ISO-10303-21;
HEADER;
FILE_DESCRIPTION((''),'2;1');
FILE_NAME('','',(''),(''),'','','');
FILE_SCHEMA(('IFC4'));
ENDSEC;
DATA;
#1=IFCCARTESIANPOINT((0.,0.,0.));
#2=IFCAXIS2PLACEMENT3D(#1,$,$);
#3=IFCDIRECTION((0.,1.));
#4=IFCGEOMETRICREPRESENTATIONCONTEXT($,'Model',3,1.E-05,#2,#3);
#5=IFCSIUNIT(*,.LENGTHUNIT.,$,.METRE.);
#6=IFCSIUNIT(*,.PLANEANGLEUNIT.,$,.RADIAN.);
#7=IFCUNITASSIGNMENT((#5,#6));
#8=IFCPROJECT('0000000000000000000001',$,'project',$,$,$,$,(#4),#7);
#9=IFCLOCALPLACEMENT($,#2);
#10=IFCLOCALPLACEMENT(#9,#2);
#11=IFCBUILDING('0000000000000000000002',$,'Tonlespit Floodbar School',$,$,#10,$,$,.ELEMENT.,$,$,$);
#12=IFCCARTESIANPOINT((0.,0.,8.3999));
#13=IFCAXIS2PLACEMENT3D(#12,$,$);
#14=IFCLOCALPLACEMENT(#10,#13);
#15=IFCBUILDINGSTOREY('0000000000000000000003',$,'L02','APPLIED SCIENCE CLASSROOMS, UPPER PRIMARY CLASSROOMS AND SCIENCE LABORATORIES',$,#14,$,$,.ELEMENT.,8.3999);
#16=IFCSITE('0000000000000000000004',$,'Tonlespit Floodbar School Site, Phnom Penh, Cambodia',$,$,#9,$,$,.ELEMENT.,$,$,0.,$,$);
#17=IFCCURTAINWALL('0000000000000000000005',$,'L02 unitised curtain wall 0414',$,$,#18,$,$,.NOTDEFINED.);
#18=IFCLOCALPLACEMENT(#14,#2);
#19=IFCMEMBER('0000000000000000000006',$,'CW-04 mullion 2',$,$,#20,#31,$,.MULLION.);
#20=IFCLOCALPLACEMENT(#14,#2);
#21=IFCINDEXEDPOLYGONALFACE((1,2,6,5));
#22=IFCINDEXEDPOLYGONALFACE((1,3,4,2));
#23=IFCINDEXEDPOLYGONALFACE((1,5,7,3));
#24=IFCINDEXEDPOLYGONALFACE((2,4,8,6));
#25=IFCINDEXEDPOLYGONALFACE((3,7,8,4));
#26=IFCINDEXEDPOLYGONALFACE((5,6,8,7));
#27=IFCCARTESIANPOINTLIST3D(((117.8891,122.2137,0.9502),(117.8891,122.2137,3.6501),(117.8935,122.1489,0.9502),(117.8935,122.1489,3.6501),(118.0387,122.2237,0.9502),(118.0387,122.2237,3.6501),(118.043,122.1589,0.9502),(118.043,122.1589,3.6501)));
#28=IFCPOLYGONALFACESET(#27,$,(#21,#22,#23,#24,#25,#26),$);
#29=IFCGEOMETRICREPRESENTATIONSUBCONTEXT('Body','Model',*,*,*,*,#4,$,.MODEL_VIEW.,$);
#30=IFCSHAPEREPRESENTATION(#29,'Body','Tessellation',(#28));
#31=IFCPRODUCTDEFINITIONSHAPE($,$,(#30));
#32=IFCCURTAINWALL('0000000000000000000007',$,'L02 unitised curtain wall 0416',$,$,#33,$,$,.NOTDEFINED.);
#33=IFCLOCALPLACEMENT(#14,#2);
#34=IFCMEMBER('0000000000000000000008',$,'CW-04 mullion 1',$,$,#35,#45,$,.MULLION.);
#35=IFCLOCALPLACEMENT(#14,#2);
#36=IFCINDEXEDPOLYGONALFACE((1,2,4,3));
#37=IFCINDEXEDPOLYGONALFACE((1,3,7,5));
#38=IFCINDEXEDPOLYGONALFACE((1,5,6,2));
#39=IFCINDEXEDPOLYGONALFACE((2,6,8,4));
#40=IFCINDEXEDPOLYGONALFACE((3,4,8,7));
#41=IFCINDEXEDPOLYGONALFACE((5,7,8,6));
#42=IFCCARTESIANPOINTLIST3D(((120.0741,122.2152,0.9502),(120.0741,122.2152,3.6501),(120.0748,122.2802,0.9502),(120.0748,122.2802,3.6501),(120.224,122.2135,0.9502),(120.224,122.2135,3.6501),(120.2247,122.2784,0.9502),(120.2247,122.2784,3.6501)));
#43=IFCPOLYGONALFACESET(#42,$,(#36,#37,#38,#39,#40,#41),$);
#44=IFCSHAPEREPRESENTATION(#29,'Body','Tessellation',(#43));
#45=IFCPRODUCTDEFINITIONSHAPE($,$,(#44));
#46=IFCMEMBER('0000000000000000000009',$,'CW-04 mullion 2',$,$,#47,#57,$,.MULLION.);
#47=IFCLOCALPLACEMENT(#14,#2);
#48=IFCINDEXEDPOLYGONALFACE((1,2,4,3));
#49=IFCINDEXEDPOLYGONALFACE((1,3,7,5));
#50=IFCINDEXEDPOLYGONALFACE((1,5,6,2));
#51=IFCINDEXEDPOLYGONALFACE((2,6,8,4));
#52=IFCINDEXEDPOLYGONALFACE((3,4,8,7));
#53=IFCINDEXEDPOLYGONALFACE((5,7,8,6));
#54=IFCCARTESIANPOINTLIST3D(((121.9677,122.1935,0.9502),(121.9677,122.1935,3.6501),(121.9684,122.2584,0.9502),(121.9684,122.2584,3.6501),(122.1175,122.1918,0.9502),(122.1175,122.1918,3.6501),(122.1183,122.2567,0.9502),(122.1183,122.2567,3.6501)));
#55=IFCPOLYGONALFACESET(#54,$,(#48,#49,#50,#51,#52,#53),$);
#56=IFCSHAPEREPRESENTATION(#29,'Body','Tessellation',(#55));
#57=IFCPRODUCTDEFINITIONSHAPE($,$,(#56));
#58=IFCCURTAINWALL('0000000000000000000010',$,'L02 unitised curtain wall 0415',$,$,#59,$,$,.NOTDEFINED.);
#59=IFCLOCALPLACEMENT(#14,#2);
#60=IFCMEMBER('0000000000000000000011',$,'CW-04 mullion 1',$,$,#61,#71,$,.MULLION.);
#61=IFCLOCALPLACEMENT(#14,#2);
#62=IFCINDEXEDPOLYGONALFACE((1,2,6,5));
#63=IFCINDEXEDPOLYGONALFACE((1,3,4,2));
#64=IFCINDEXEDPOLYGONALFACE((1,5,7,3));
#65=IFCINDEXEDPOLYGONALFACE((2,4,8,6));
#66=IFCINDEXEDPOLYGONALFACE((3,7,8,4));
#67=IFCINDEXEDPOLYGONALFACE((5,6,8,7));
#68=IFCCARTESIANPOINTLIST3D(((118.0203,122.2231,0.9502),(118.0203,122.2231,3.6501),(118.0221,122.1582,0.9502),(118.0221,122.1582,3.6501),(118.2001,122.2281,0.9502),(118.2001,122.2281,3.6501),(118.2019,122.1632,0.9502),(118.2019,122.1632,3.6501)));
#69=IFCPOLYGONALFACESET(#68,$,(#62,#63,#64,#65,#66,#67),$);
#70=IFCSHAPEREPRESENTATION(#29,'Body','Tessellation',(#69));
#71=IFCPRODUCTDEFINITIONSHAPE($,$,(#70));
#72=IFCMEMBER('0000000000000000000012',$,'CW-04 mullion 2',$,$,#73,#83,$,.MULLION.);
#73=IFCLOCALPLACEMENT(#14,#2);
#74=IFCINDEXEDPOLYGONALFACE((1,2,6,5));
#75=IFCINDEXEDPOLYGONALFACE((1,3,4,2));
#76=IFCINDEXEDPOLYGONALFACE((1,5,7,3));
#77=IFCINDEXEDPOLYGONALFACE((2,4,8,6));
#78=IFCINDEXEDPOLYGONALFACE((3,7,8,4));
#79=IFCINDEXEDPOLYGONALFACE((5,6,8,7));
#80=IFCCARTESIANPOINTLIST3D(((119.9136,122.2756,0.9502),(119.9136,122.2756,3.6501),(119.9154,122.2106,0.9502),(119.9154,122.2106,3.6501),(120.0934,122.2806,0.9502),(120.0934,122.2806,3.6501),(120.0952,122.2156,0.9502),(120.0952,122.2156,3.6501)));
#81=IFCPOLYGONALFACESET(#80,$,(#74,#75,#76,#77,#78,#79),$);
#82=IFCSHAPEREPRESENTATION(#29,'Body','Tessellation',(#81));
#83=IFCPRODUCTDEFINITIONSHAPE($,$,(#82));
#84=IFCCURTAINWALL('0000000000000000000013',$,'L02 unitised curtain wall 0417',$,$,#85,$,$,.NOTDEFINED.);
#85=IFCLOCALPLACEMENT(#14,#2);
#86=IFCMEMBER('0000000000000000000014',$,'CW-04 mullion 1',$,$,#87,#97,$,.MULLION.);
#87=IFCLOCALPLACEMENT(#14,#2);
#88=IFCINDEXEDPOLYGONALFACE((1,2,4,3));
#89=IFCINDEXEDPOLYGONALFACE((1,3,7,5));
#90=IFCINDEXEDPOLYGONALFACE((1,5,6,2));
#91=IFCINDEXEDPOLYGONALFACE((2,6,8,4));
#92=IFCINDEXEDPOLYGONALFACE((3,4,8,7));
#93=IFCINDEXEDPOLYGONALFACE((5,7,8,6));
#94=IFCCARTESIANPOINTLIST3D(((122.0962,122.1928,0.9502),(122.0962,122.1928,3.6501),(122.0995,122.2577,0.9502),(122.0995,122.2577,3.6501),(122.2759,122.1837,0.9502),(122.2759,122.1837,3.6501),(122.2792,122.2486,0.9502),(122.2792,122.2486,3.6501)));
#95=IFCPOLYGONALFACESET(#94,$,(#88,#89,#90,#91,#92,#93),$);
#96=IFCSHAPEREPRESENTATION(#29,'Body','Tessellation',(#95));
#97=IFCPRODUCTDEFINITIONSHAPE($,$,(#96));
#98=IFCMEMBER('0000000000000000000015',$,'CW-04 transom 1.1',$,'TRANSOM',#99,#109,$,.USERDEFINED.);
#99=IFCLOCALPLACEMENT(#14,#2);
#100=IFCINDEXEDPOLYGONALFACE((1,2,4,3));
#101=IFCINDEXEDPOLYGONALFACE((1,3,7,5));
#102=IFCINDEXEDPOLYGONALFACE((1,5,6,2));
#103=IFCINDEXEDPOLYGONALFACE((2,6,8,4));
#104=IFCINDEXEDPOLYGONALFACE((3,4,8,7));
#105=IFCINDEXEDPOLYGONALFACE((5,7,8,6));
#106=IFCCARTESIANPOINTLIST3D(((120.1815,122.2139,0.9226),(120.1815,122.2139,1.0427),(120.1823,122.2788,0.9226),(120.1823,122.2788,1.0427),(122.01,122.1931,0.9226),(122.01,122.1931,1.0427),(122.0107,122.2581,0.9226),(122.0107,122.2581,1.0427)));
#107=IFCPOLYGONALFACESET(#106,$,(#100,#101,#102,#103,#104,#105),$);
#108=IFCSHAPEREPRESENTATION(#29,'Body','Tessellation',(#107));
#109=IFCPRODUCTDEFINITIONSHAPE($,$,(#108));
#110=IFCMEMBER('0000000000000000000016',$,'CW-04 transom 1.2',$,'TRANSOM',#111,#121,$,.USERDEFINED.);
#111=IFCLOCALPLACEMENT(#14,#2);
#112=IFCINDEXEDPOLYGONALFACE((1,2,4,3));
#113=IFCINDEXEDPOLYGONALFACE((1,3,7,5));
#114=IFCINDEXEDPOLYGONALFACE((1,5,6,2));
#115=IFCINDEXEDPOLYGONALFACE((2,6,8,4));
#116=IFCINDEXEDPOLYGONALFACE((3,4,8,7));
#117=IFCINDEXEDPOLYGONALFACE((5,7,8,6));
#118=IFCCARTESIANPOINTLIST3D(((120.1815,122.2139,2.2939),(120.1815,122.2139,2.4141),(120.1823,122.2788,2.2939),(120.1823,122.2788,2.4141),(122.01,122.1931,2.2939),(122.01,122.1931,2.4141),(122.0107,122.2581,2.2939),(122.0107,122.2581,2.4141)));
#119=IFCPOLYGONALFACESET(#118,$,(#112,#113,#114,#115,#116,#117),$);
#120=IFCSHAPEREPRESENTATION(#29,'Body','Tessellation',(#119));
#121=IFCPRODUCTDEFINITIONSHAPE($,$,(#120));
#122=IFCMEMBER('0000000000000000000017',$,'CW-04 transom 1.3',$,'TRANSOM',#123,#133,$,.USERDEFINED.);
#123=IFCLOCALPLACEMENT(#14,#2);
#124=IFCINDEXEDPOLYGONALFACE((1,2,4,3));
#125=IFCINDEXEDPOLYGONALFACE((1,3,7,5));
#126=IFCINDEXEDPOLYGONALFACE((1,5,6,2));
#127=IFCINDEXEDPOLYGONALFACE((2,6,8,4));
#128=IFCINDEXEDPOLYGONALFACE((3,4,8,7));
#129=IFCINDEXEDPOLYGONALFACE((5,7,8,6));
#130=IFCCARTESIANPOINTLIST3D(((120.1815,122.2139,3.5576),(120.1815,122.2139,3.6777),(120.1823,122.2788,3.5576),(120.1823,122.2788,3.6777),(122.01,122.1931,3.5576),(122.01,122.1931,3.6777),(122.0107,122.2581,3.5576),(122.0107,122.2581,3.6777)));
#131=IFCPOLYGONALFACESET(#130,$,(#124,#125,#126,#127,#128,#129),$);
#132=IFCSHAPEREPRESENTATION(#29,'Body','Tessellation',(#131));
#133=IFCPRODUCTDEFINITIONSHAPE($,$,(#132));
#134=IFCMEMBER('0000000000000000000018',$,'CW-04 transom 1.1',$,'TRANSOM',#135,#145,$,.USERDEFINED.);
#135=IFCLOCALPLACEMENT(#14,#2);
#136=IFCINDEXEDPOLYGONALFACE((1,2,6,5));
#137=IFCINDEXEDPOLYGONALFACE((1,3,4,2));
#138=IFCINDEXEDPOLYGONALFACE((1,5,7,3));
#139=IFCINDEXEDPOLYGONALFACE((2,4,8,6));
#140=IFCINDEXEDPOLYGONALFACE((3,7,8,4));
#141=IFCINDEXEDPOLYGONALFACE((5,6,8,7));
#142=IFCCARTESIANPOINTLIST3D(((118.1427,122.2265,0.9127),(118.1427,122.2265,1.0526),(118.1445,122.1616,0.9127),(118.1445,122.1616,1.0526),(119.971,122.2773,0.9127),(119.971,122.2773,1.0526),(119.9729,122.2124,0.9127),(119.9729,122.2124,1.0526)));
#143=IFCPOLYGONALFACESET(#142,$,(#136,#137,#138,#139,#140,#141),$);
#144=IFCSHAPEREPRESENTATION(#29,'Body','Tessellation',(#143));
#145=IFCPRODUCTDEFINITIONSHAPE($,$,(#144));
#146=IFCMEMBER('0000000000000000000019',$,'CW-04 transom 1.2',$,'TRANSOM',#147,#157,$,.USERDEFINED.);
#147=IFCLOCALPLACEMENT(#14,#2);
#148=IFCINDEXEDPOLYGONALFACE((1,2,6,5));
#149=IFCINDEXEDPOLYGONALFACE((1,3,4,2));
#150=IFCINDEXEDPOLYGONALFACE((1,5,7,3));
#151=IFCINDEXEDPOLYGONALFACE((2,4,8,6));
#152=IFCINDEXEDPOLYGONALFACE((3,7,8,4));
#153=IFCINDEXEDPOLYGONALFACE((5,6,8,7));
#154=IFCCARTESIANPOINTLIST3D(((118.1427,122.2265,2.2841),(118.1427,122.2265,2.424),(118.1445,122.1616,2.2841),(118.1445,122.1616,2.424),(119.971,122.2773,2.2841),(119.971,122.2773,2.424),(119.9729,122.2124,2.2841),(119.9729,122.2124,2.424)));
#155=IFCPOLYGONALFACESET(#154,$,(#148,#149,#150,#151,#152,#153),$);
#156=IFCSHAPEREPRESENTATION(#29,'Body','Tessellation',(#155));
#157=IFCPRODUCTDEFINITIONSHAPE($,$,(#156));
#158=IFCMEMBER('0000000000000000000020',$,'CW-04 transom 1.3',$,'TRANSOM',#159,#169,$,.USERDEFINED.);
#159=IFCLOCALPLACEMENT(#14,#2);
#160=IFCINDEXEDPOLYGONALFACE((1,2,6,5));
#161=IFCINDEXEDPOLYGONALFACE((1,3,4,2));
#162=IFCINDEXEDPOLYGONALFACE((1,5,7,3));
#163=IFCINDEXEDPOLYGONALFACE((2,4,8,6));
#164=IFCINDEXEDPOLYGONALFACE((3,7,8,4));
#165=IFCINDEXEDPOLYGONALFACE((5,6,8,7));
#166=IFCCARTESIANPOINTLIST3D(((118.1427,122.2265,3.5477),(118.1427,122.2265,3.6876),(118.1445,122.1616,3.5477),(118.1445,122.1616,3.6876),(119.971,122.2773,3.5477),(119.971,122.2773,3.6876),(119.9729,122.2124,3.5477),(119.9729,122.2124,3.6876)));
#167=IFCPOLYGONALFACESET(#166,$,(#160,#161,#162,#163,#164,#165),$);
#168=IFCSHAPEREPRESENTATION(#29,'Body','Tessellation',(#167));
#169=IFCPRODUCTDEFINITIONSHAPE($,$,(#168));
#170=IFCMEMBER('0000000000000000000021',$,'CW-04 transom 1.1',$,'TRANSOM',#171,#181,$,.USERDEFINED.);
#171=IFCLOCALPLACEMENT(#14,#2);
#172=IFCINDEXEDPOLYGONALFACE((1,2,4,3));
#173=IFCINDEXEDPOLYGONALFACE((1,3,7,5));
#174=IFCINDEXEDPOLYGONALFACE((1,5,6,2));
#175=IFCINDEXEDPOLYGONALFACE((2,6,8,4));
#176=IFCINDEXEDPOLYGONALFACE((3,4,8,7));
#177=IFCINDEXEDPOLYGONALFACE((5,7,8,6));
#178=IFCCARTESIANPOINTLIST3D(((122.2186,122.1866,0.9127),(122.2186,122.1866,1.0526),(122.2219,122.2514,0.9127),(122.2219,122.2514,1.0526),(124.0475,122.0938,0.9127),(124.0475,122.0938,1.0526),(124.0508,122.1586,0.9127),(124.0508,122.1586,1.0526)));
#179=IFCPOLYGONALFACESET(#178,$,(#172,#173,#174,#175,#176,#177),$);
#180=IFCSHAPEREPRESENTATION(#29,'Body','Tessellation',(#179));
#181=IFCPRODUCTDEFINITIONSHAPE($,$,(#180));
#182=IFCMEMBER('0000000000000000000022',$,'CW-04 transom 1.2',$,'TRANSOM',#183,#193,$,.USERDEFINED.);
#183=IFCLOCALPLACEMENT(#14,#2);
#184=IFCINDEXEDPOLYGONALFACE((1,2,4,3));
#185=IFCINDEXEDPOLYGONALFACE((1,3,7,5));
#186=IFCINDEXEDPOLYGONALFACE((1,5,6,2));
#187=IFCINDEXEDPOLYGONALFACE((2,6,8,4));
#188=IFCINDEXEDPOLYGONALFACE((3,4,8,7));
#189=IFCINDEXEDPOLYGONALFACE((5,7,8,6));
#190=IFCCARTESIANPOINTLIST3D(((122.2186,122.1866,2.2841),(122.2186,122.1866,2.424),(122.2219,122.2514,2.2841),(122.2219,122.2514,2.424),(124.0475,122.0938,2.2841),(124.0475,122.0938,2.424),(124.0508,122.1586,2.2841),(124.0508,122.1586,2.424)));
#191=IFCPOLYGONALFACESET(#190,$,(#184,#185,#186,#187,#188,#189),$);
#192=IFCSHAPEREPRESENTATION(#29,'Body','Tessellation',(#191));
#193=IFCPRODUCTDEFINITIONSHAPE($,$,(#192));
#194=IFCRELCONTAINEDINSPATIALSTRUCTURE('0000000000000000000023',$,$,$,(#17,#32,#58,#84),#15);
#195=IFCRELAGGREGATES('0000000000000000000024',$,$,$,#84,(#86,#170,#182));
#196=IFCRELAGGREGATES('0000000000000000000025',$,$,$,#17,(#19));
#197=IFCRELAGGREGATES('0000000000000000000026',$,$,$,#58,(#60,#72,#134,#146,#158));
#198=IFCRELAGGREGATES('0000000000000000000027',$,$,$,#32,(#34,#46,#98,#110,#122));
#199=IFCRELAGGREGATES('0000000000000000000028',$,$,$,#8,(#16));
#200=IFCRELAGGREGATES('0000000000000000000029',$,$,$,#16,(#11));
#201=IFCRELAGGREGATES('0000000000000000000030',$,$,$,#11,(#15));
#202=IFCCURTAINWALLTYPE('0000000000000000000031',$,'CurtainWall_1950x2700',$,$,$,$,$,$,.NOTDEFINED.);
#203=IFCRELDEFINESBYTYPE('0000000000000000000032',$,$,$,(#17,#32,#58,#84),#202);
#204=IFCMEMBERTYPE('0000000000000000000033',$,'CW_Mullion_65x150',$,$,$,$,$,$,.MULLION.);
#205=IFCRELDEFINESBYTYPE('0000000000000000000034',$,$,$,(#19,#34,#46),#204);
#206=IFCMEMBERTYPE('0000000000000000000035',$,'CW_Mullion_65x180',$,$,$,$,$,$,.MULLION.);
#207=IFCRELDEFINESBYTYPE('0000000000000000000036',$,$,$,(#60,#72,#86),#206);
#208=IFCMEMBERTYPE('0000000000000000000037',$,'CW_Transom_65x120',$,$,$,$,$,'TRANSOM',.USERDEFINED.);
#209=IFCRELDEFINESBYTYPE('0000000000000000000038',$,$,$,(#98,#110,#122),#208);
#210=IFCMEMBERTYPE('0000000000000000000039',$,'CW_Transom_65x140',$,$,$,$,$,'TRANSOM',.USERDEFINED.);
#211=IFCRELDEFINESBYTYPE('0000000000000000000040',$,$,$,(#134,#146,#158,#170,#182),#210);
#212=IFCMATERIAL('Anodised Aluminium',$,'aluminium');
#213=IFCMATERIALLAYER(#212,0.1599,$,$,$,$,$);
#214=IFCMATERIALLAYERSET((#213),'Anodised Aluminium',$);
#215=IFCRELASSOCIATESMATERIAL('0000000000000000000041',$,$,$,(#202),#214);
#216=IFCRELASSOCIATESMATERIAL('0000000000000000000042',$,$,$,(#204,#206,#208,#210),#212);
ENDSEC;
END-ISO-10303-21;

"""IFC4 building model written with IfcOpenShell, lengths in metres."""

from ifc_helpers import new_model, si_unit, direction, frame, origin, origin_2d, place, context, subcontext, project, spatial, rectangle, extrude, material, layer, layer_set, material_profile, profile_set, type_object, element, aggregate, save


model = new_model("IFC4")

# Units and contexts
model_context = context("Model", 3, precision=1e-05, world=origin(), true_north=direction((0.0, 1.0)))
body_context = subcontext(model_context, "Body", "Model", "MODEL_VIEW")
ifc_project = project(units=[si_unit("LENGTHUNIT", "METRE"), si_unit("PLANEANGLEUNIT", "RADIAN")], contexts=[model_context])

# Site, building, storey
site_placement = place(None, origin())
site = spatial("IfcSite", under=ifc_project, at=site_placement, Name="Tonlespit Floodbar School Site, Phnom Penh, Cambodia", CompositionType="ELEMENT", RefElevation=0.0)
building_placement = place(site_placement, origin())
building = spatial("IfcBuilding", under=site, at=building_placement, Name="Tonlespit Floodbar School", CompositionType="ELEMENT")
storey_placement = place(building_placement, frame((0.0, 0.0, 8.3999)))
storey = spatial("IfcBuildingStorey", under=building, at=storey_placement, Name="L02", Description="APPLIED SCIENCE CLASSROOMS, UPPER PRIMARY CLASSROOMS AND SCIENCE LABORATORIES", CompositionType="ELEMENT", Elevation=8.3999)

# Curtain wall, member
ifc_material_1 = material(Name="Anodised Aluminium", Category="aluminium")
ifc_layer_1 = layer(ifc_material_1, 0.1599)
ifc_layer_set_1 = layer_set([ifc_layer_1], Name="Anodised Aluminium")
curtain_wall_type = type_object("IfcCurtainWallType", Name="CurtainWall_1950x2700", PredefinedType="NOTDEFINED", material=ifc_layer_set_1)
curtain_wall_1_placement = place(storey_placement, origin())
curtain_wall_1 = element("IfcCurtainWall", 1, at=curtain_wall_1_placement, inside=storey, type_object=curtain_wall_type, Name="L02 unitised curtain wall 0414", PredefinedType="NOTDEFINED")
ifc_material_profile_1 = material_profile(ifc_material_1, rectangle(XDim=0.0649, YDim=0.1499, at=origin_2d()), Name="ALU M65x150")
ifc_profile_set_1 = profile_set([ifc_material_profile_1], Name="Anodised Aluminium")
member_type_1 = type_object("IfcMemberType", Name="CW_Mullion_65x150", PredefinedType="MULLION", material=ifc_profile_set_1)
member_1_placement = place(storey_placement, frame((117.9661, 122.1863, 0.9502), z_axis=(0.0, 0.0, 1.0), x_axis=(-0.066935, 0.997757, 0.0)))
member_1 = element("IfcMember", 2, at=member_1_placement, type_object=member_type_1, Name="CW-04 mullion 2", PredefinedType="MULLION", context=body_context, shape_type="SweptSolid", body=[
    extrude(rectangle(XDim=0.0649, YDim=0.1499, at=origin_2d()), origin(), (0.0, 0.0, 1.0), 2.7),
])

# Curtain walls, members
curtain_wall_2_placement = place(storey_placement, origin())
curtain_wall_2 = element("IfcCurtainWall", 3, at=curtain_wall_2_placement, inside=storey, type_object=curtain_wall_type, Name="L02 unitised curtain wall 0416", PredefinedType="NOTDEFINED")
member_2_placement = place(storey_placement, frame((120.1494, 122.2468, 0.9502), z_axis=(0.0, 0.0, 1.0), x_axis=(0.011437, 0.999935, 0.0)))
member_2 = element("IfcMember", 4, at=member_2_placement, type_object=member_type_1, Name="CW-04 mullion 1", PredefinedType="MULLION", context=body_context, shape_type="SweptSolid", body=[
    extrude(rectangle(XDim=0.0649, YDim=0.1499, at=origin_2d()), origin(), (0.0, 0.0, 1.0), 2.7),
])
member_3_placement = place(storey_placement, frame((122.043, 122.2251, 0.9502), z_axis=(0.0, 0.0, 1.0), x_axis=(0.011437, 0.999935, 0.0)))
member_3 = element("IfcMember", 5, at=member_3_placement, type_object=member_type_1, Name="CW-04 mullion 2", PredefinedType="MULLION", context=body_context, shape_type="SweptSolid", body=[
    extrude(rectangle(XDim=0.0649, YDim=0.1499, at=origin_2d()), origin(), (0.0, 0.0, 1.0), 2.7),
])
curtain_wall_3_placement = place(storey_placement, origin())
curtain_wall_3 = element("IfcCurtainWall", 6, at=curtain_wall_3_placement, inside=storey, type_object=curtain_wall_type, Name="L02 unitised curtain wall 0415", PredefinedType="NOTDEFINED")
ifc_material_profile_2 = material_profile(ifc_material_1, rectangle(XDim=0.0649, YDim=0.1799, at=origin_2d()), Name="ALU M65x180")
ifc_profile_set_2 = profile_set([ifc_material_profile_2], Name="Anodised Aluminium")
member_type_2 = type_object("IfcMemberType", Name="CW_Mullion_65x180", PredefinedType="MULLION", material=ifc_profile_set_2)
member_4_placement = place(storey_placement, frame((118.1111, 122.1931, 0.9502), z_axis=(0.0, 0.0, 1.0), x_axis=(-0.027767, 0.999614, 0.0)))
member_4 = element("IfcMember", 7, at=member_4_placement, type_object=member_type_2, Name="CW-04 mullion 1", PredefinedType="MULLION", context=body_context, shape_type="SweptSolid", body=[
    extrude(rectangle(XDim=0.0649, YDim=0.1799, at=origin_2d()), origin(), (0.0, 0.0, 1.0), 2.7),
])
member_5_placement = place(storey_placement, frame((120.0044, 122.2456, 0.9502), z_axis=(0.0, 0.0, 1.0), x_axis=(-0.027767, 0.999614, 0.0)))
member_5 = element("IfcMember", 8, at=member_5_placement, type_object=member_type_2, Name="CW-04 mullion 2", PredefinedType="MULLION", context=body_context, shape_type="SweptSolid", body=[
    extrude(rectangle(XDim=0.0649, YDim=0.1799, at=origin_2d()), origin(), (0.0, 0.0, 1.0), 2.7),
])

# Curtain wall, member
curtain_wall_4_placement = place(storey_placement, origin())
curtain_wall_4 = element("IfcCurtainWall", 9, at=curtain_wall_4_placement, inside=storey, type_object=curtain_wall_type, Name="L02 unitised curtain wall 0417", PredefinedType="NOTDEFINED")
member_6_placement = place(storey_placement, frame((122.1877, 122.2207, 0.9502), z_axis=(0.0, 0.0, 1.0), x_axis=(0.050685, 0.998715, 0.0)))
member_6 = element("IfcMember", 10, at=member_6_placement, type_object=member_type_2, Name="CW-04 mullion 1", PredefinedType="MULLION", context=body_context, shape_type="SweptSolid", body=[
    extrude(rectangle(XDim=0.0649, YDim=0.1799, at=origin_2d()), origin(), (0.0, 0.0, 1.0), 2.7),
])

# Members
ifc_material_profile_3 = material_profile(ifc_material_1, rectangle(XDim=0.0649, YDim=0.1201, at=origin_2d()), Name="ALU T65x120")
ifc_profile_set_3 = profile_set([ifc_material_profile_3], Name="Anodised Aluminium")
member_type_3 = type_object("IfcMemberType", Name="CW_Transom_65x120", ElementType="TRANSOM", PredefinedType="USERDEFINED", material=ifc_profile_set_3)
member_7_placement = place(storey_placement, frame((120.1819, 122.2463, 0.9827), z_axis=(0.999936, -0.011348, 0.0), x_axis=(0.011348, 0.999936, 0.0)))
member_7 = element("IfcMember", 11, at=member_7_placement, type_object=member_type_3, Name="CW-04 transom 1.1", ObjectType="TRANSOM", PredefinedType="USERDEFINED", context=body_context, shape_type="SweptSolid", body=[
    extrude(rectangle(XDim=0.0649, YDim=0.1201, at=origin_2d()), origin(), (0.0, 0.0, 1.0), 1.8286),
])
member_8_placement = place(storey_placement, frame((120.1819, 122.2463, 2.354), z_axis=(0.999936, -0.011348, 0.0), x_axis=(0.011348, 0.999936, 0.0)))
member_8 = element("IfcMember", 12, at=member_8_placement, type_object=member_type_3, Name="CW-04 transom 1.2", ObjectType="TRANSOM", PredefinedType="USERDEFINED", context=body_context, shape_type="SweptSolid", body=[
    extrude(rectangle(XDim=0.0649, YDim=0.1201, at=origin_2d()), origin(), (0.0, 0.0, 1.0), 1.8286),
])
member_9_placement = place(storey_placement, frame((120.1819, 122.2463, 3.6177), z_axis=(0.999936, -0.011348, 0.0), x_axis=(0.011348, 0.999936, 0.0)))
member_9 = element("IfcMember", 13, at=member_9_placement, type_object=member_type_3, Name="CW-04 transom 1.3", ObjectType="TRANSOM", PredefinedType="USERDEFINED", context=body_context, shape_type="SweptSolid", body=[
    extrude(rectangle(XDim=0.0649, YDim=0.1201, at=origin_2d()), origin(), (0.0, 0.0, 1.0), 1.8286),
])
ifc_material_profile_4 = material_profile(ifc_material_1, rectangle(XDim=0.0649, YDim=0.1399, at=origin_2d()), Name="ALU T65x140")
ifc_profile_set_4 = profile_set([ifc_material_profile_4], Name="Anodised Aluminium")
member_type_4 = type_object("IfcMemberType", Name="CW_Transom_65x140", ElementType="TRANSOM", PredefinedType="USERDEFINED", material=ifc_profile_set_4)
member_10_placement = place(storey_placement, frame((118.1436, 122.1941, 0.9827), z_axis=(0.999615, 0.027763, 0.0), x_axis=(-0.027763, 0.999615, 0.0)))
member_10 = element("IfcMember", 14, at=member_10_placement, type_object=member_type_4, Name="CW-04 transom 1.1", ObjectType="TRANSOM", PredefinedType="USERDEFINED", context=body_context, shape_type="SweptSolid", body=[
    extrude(rectangle(XDim=0.0649, YDim=0.1399, at=origin_2d()), origin(), (0.0, 0.0, 1.0), 1.8291),
])
member_11_placement = place(storey_placement, frame((118.1436, 122.1941, 2.354), z_axis=(0.999615, 0.027763, 0.0), x_axis=(-0.027763, 0.999615, 0.0)))
member_11 = element("IfcMember", 15, at=member_11_placement, type_object=member_type_4, Name="CW-04 transom 1.2", ObjectType="TRANSOM", PredefinedType="USERDEFINED", context=body_context, shape_type="SweptSolid", body=[
    extrude(rectangle(XDim=0.0649, YDim=0.1399, at=origin_2d()), origin(), (0.0, 0.0, 1.0), 1.8291),
])
member_12_placement = place(storey_placement, frame((118.1436, 122.1941, 3.6177), z_axis=(0.999615, 0.027763, 0.0), x_axis=(-0.027763, 0.999615, 0.0)))
member_12 = element("IfcMember", 16, at=member_12_placement, type_object=member_type_4, Name="CW-04 transom 1.3", ObjectType="TRANSOM", PredefinedType="USERDEFINED", context=body_context, shape_type="SweptSolid", body=[
    extrude(rectangle(XDim=0.0649, YDim=0.1399, at=origin_2d()), origin(), (0.0, 0.0, 1.0), 1.8291),
])
member_13_placement = place(storey_placement, frame((122.2202, 122.219, 0.9827), z_axis=(0.998716, -0.050662, 0.0), x_axis=(0.050662, 0.998716, 0.0)))
member_13 = element("IfcMember", 17, at=member_13_placement, type_object=member_type_4, Name="CW-04 transom 1.1", ObjectType="TRANSOM", PredefinedType="USERDEFINED", context=body_context, shape_type="SweptSolid", body=[
    extrude(rectangle(XDim=0.0649, YDim=0.1399, at=origin_2d()), origin(), (0.0, 0.0, 1.0), 1.8313),
])
member_14_placement = place(storey_placement, frame((122.2202, 122.219, 2.354), z_axis=(0.998716, -0.050662, 0.0), x_axis=(0.050662, 0.998716, 0.0)))
member_14 = element("IfcMember", 18, at=member_14_placement, type_object=member_type_4, Name="CW-04 transom 1.2", ObjectType="TRANSOM", PredefinedType="USERDEFINED", context=body_context, shape_type="SweptSolid", body=[
    extrude(rectangle(XDim=0.0649, YDim=0.1399, at=origin_2d()), origin(), (0.0, 0.0, 1.0), 1.8313),
])

aggregate(curtain_wall_4, [member_6, member_13, member_14])
aggregate(curtain_wall_1, [member_1])
aggregate(curtain_wall_3, [member_4, member_5, member_10, member_11, member_12])
aggregate(curtain_wall_2, [member_2, member_3, member_7, member_8, member_9])

save(model, "model.ifc")
